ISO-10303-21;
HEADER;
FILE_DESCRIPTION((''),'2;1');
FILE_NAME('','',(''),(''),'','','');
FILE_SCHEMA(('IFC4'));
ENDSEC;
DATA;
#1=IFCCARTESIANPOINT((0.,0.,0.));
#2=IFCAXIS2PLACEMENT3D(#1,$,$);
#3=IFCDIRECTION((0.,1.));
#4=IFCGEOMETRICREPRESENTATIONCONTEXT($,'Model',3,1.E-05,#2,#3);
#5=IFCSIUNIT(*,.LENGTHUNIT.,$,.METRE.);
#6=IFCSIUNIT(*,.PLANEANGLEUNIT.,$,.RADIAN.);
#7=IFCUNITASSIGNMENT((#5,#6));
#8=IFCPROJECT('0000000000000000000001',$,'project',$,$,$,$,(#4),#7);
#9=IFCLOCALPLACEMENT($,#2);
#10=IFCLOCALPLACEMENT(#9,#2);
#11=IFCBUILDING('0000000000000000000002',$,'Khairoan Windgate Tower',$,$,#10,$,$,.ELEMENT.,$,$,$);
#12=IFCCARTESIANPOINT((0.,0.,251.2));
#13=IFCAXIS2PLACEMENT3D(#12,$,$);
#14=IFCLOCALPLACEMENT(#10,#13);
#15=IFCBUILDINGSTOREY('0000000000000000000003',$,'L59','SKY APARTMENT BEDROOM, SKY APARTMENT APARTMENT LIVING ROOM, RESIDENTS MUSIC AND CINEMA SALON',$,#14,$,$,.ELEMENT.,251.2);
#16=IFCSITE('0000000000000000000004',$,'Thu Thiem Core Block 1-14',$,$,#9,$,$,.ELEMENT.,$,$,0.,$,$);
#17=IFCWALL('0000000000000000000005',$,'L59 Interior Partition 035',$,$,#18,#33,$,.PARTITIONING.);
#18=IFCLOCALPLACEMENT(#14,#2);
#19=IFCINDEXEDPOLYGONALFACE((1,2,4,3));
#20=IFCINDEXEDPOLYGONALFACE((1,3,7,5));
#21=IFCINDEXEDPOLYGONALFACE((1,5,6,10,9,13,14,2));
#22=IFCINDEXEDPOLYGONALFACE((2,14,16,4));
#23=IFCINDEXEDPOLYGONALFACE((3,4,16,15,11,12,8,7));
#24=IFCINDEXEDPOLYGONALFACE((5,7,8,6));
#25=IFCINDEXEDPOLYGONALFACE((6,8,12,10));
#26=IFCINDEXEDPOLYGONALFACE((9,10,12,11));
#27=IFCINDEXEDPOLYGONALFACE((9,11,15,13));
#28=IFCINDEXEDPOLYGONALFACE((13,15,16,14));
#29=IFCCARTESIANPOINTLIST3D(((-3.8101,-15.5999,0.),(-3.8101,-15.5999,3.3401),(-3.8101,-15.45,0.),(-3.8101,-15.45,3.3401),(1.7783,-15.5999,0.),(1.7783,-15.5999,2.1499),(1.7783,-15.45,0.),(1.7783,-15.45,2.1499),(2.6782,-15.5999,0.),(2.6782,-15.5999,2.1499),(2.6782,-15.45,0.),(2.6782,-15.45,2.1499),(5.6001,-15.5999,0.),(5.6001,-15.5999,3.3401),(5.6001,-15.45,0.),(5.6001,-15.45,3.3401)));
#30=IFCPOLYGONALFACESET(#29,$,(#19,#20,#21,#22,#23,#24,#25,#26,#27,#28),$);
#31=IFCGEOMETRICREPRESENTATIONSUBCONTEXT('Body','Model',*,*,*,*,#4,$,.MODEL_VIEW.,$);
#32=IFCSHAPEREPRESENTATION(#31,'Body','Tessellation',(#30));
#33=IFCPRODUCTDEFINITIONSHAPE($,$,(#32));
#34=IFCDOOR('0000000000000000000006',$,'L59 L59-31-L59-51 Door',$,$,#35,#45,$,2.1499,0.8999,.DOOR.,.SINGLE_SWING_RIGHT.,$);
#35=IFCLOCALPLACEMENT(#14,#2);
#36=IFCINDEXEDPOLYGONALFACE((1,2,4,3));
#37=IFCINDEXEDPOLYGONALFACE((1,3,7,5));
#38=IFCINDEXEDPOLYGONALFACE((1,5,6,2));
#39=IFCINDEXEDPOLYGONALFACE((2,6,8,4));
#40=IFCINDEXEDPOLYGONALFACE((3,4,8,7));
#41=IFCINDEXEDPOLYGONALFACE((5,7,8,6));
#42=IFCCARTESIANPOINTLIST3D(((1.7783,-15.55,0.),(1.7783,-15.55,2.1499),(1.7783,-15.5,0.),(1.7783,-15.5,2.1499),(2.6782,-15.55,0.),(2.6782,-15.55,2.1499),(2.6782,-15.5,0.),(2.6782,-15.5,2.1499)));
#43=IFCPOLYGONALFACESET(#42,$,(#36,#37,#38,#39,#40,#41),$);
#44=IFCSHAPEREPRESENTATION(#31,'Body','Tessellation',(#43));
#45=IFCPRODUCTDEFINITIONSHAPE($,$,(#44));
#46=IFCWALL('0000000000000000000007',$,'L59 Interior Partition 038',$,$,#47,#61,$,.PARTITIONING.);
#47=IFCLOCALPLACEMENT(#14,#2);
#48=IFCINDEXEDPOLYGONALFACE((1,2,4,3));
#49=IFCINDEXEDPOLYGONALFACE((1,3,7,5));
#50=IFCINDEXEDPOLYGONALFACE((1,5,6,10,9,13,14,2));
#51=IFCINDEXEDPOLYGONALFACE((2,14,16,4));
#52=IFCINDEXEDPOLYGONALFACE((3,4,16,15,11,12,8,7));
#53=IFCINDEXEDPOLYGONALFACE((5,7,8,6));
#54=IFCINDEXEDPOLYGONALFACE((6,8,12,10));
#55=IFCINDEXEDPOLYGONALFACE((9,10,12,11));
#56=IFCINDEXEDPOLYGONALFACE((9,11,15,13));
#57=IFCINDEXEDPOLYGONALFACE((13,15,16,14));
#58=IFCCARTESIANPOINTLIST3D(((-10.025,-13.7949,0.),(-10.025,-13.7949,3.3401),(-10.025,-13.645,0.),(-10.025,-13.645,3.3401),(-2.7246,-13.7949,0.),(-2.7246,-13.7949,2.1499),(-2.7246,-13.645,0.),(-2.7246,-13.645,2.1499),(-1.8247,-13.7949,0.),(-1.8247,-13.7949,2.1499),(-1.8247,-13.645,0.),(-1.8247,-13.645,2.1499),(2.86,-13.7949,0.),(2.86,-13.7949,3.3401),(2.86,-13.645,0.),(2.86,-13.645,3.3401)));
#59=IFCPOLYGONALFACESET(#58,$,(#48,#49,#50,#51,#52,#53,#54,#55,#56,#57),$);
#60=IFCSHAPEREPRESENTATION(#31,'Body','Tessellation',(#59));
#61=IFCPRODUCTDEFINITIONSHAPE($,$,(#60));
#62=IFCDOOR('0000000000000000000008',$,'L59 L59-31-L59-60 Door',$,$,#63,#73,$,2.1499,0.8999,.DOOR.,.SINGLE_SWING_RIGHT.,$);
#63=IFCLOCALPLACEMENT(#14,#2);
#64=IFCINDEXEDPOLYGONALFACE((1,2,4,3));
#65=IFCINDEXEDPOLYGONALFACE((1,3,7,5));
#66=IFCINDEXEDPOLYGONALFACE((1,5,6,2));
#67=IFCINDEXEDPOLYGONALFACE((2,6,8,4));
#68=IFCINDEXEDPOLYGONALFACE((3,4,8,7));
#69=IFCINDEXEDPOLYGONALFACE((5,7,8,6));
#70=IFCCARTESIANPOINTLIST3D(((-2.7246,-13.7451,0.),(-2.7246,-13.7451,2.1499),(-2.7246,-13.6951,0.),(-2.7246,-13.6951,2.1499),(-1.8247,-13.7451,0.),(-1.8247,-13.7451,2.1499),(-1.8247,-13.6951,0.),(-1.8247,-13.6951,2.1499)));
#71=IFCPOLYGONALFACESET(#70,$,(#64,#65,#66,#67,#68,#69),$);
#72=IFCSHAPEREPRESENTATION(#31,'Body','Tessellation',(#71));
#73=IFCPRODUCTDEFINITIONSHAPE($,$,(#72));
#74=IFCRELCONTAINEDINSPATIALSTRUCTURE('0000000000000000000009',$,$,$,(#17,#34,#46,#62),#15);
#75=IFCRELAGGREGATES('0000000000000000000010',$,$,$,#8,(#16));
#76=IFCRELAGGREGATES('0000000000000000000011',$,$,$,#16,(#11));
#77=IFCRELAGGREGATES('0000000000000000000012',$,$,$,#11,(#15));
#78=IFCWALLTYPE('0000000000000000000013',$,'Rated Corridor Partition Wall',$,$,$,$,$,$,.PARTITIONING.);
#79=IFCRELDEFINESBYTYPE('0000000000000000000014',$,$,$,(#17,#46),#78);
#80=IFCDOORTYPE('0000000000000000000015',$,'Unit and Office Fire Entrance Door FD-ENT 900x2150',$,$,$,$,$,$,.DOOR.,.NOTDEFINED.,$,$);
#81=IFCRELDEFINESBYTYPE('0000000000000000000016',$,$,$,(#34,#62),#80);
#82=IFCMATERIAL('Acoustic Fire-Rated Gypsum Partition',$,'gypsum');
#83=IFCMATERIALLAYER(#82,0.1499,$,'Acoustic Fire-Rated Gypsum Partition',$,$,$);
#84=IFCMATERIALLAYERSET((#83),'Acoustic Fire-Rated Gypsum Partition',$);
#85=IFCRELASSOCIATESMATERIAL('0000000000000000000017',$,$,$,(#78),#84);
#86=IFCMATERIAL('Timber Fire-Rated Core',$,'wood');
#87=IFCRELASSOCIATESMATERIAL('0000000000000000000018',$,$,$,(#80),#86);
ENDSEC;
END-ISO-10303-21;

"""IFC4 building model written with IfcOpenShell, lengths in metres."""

from ifc_helpers import new_model, si_unit, direction, frame, frame_2d, origin, place, context, subcontext, project, spatial, rectangle, extrude, material, layer, layer_set, type_object, element, fill, save


model = new_model("IFC4")

# Units and contexts
model_context = context("Model", 3, precision=1e-05, world=origin(), true_north=direction((0.0, 1.0)))
body_context = subcontext(model_context, "Body", "Model", "MODEL_VIEW")
ifc_project = project(units=[si_unit("LENGTHUNIT", "METRE"), si_unit("PLANEANGLEUNIT", "RADIAN")], contexts=[model_context])

# Site, building, storey
site_placement = place(None, origin())
site = spatial("IfcSite", under=ifc_project, at=site_placement, Name="Thu Thiem Core Block 1-14", CompositionType="ELEMENT", RefElevation=0.0)
building_placement = place(site_placement, origin())
building = spatial("IfcBuilding", under=site, at=building_placement, Name="Khairoan Windgate Tower", CompositionType="ELEMENT")
storey_placement = place(building_placement, frame((0.0, 0.0, 251.2)))
storey = spatial("IfcBuildingStorey", under=building, at=storey_placement, Name="L59", Description="SKY APARTMENT BEDROOM, SKY APARTMENT APARTMENT LIVING ROOM, RESIDENTS MUSIC AND CINEMA SALON", CompositionType="ELEMENT", Elevation=251.2)

# Shared definitions
ifc_material_1 = material(Name="Acoustic Fire-Rated Gypsum Partition", Category="gypsum")
ifc_layer_1 = layer(ifc_material_1, 0.1499, Name="Acoustic Fire-Rated Gypsum Partition")
ifc_layer_set_1 = layer_set([ifc_layer_1], Name="Acoustic Fire-Rated Gypsum Partition")
wall_type_1 = type_object("IfcWallType", Name="Rated Corridor Partition Wall", PredefinedType="PARTITIONING", material=ifc_layer_set_1)
ifc_material_2 = material(Name="Timber Fire-Rated Core", Category="wood")
door_type_1 = type_object("IfcDoorType", Name="Unit and Office Fire Entrance Door FD-ENT 900x2150", OperationType="NOTDEFINED", PredefinedType="DOOR", material=ifc_material_2)

# Walls, openings, doors
wall_1_placement = place(storey_placement, frame((-3.8101, -15.5249, 0.0), z_axis=(0.0, 0.0, 1.0), x_axis=(1.0, 0.0, 0.0)))
wall_1 = element("IfcWall", 1, at=wall_1_placement, inside=storey, type_object=wall_type_1, Name="L59 Interior Partition 035", PredefinedType="PARTITIONING", context=body_context, shape_type="SweptSolid", body=[
    extrude(rectangle(XDim=9.4102, YDim=0.1499, at=frame_2d((4.7051, 0.0))), origin(), (0.0, 0.0, 1.0), 3.3401),
])
opening_1_placement = place(wall_1_placement, frame((5.5884, 0.0, 0.0)))
opening_1 = element("IfcOpeningElement", 2, at=opening_1_placement, cuts=wall_1, PredefinedType="OPENING", context=body_context, shape_type="SweptSolid", body=[
    extrude(rectangle(XDim=0.8999, YDim=2.1499, at=frame_2d((0.45, 1.075))), frame((0.0, 0.085, 0.0), z_axis=(0.0, -1.0, 0.0), x_axis=(1.0, 0.0, 0.0)), (0.0, 0.0, 1.0), 0.1699),
])
door_1_placement = place(opening_1_placement, origin())
door_1 = element("IfcDoor", 3, at=door_1_placement, inside=storey, type_object=door_type_1, Name="L59 L59-31-L59-51 Door", OperationType="SINGLE_SWING_RIGHT", OverallHeight=2.1499, OverallWidth=0.8999, PredefinedType="DOOR", context=body_context, shape_type="SweptSolid", body=[
    extrude(rectangle(XDim=0.8999, YDim=2.1499, at=frame_2d((0.45, 1.075))), frame((0.0, 0.0249, 0.0), z_axis=(0.0, -1.0, 0.0), x_axis=(1.0, 0.0, 0.0)), (0.0, 0.0, 1.0), 0.05),
])
fill(opening_1, door_1)
wall_2_placement = place(storey_placement, frame((-10.0249, -13.72, 0.0), z_axis=(0.0, 0.0, 1.0), x_axis=(1.0, 0.0, 0.0)))
wall_2 = element("IfcWall", 4, at=wall_2_placement, inside=storey, type_object=wall_type_1, Name="L59 Interior Partition 038", PredefinedType="PARTITIONING", context=body_context, shape_type="SweptSolid", body=[
    extrude(rectangle(XDim=12.885, YDim=0.1499, at=frame_2d((6.4424, 0.0))), origin(), (0.0, 0.0, 1.0), 3.3401),
])
opening_2_placement = place(wall_2_placement, frame((7.3003, 0.0, 0.0)))
opening_2 = element("IfcOpeningElement", 5, at=opening_2_placement, cuts=wall_2, PredefinedType="OPENING", context=body_context, shape_type="SweptSolid", body=[
    extrude(rectangle(XDim=0.8999, YDim=2.1499, at=frame_2d((0.45, 1.075))), frame((0.0, 0.085, 0.0), z_axis=(0.0, -1.0, 0.0), x_axis=(1.0, 0.0, 0.0)), (0.0, 0.0, 1.0), 0.1699),
])
door_2_placement = place(opening_2_placement, origin())
door_2 = element("IfcDoor", 6, at=door_2_placement, inside=storey, type_object=door_type_1, Name="L59 L59-31-L59-60 Door", OperationType="SINGLE_SWING_RIGHT", OverallHeight=2.1499, OverallWidth=0.8999, PredefinedType="DOOR", context=body_context, shape_type="SweptSolid", body=[
    extrude(rectangle(XDim=0.8999, YDim=2.1499, at=frame_2d((0.45, 1.075))), frame((0.0, 0.0249, 0.0), z_axis=(0.0, -1.0, 0.0), x_axis=(1.0, 0.0, 0.0)), (0.0, 0.0, 1.0), 0.05),
])
fill(opening_2, door_2)

save(model, "model.ifc")
